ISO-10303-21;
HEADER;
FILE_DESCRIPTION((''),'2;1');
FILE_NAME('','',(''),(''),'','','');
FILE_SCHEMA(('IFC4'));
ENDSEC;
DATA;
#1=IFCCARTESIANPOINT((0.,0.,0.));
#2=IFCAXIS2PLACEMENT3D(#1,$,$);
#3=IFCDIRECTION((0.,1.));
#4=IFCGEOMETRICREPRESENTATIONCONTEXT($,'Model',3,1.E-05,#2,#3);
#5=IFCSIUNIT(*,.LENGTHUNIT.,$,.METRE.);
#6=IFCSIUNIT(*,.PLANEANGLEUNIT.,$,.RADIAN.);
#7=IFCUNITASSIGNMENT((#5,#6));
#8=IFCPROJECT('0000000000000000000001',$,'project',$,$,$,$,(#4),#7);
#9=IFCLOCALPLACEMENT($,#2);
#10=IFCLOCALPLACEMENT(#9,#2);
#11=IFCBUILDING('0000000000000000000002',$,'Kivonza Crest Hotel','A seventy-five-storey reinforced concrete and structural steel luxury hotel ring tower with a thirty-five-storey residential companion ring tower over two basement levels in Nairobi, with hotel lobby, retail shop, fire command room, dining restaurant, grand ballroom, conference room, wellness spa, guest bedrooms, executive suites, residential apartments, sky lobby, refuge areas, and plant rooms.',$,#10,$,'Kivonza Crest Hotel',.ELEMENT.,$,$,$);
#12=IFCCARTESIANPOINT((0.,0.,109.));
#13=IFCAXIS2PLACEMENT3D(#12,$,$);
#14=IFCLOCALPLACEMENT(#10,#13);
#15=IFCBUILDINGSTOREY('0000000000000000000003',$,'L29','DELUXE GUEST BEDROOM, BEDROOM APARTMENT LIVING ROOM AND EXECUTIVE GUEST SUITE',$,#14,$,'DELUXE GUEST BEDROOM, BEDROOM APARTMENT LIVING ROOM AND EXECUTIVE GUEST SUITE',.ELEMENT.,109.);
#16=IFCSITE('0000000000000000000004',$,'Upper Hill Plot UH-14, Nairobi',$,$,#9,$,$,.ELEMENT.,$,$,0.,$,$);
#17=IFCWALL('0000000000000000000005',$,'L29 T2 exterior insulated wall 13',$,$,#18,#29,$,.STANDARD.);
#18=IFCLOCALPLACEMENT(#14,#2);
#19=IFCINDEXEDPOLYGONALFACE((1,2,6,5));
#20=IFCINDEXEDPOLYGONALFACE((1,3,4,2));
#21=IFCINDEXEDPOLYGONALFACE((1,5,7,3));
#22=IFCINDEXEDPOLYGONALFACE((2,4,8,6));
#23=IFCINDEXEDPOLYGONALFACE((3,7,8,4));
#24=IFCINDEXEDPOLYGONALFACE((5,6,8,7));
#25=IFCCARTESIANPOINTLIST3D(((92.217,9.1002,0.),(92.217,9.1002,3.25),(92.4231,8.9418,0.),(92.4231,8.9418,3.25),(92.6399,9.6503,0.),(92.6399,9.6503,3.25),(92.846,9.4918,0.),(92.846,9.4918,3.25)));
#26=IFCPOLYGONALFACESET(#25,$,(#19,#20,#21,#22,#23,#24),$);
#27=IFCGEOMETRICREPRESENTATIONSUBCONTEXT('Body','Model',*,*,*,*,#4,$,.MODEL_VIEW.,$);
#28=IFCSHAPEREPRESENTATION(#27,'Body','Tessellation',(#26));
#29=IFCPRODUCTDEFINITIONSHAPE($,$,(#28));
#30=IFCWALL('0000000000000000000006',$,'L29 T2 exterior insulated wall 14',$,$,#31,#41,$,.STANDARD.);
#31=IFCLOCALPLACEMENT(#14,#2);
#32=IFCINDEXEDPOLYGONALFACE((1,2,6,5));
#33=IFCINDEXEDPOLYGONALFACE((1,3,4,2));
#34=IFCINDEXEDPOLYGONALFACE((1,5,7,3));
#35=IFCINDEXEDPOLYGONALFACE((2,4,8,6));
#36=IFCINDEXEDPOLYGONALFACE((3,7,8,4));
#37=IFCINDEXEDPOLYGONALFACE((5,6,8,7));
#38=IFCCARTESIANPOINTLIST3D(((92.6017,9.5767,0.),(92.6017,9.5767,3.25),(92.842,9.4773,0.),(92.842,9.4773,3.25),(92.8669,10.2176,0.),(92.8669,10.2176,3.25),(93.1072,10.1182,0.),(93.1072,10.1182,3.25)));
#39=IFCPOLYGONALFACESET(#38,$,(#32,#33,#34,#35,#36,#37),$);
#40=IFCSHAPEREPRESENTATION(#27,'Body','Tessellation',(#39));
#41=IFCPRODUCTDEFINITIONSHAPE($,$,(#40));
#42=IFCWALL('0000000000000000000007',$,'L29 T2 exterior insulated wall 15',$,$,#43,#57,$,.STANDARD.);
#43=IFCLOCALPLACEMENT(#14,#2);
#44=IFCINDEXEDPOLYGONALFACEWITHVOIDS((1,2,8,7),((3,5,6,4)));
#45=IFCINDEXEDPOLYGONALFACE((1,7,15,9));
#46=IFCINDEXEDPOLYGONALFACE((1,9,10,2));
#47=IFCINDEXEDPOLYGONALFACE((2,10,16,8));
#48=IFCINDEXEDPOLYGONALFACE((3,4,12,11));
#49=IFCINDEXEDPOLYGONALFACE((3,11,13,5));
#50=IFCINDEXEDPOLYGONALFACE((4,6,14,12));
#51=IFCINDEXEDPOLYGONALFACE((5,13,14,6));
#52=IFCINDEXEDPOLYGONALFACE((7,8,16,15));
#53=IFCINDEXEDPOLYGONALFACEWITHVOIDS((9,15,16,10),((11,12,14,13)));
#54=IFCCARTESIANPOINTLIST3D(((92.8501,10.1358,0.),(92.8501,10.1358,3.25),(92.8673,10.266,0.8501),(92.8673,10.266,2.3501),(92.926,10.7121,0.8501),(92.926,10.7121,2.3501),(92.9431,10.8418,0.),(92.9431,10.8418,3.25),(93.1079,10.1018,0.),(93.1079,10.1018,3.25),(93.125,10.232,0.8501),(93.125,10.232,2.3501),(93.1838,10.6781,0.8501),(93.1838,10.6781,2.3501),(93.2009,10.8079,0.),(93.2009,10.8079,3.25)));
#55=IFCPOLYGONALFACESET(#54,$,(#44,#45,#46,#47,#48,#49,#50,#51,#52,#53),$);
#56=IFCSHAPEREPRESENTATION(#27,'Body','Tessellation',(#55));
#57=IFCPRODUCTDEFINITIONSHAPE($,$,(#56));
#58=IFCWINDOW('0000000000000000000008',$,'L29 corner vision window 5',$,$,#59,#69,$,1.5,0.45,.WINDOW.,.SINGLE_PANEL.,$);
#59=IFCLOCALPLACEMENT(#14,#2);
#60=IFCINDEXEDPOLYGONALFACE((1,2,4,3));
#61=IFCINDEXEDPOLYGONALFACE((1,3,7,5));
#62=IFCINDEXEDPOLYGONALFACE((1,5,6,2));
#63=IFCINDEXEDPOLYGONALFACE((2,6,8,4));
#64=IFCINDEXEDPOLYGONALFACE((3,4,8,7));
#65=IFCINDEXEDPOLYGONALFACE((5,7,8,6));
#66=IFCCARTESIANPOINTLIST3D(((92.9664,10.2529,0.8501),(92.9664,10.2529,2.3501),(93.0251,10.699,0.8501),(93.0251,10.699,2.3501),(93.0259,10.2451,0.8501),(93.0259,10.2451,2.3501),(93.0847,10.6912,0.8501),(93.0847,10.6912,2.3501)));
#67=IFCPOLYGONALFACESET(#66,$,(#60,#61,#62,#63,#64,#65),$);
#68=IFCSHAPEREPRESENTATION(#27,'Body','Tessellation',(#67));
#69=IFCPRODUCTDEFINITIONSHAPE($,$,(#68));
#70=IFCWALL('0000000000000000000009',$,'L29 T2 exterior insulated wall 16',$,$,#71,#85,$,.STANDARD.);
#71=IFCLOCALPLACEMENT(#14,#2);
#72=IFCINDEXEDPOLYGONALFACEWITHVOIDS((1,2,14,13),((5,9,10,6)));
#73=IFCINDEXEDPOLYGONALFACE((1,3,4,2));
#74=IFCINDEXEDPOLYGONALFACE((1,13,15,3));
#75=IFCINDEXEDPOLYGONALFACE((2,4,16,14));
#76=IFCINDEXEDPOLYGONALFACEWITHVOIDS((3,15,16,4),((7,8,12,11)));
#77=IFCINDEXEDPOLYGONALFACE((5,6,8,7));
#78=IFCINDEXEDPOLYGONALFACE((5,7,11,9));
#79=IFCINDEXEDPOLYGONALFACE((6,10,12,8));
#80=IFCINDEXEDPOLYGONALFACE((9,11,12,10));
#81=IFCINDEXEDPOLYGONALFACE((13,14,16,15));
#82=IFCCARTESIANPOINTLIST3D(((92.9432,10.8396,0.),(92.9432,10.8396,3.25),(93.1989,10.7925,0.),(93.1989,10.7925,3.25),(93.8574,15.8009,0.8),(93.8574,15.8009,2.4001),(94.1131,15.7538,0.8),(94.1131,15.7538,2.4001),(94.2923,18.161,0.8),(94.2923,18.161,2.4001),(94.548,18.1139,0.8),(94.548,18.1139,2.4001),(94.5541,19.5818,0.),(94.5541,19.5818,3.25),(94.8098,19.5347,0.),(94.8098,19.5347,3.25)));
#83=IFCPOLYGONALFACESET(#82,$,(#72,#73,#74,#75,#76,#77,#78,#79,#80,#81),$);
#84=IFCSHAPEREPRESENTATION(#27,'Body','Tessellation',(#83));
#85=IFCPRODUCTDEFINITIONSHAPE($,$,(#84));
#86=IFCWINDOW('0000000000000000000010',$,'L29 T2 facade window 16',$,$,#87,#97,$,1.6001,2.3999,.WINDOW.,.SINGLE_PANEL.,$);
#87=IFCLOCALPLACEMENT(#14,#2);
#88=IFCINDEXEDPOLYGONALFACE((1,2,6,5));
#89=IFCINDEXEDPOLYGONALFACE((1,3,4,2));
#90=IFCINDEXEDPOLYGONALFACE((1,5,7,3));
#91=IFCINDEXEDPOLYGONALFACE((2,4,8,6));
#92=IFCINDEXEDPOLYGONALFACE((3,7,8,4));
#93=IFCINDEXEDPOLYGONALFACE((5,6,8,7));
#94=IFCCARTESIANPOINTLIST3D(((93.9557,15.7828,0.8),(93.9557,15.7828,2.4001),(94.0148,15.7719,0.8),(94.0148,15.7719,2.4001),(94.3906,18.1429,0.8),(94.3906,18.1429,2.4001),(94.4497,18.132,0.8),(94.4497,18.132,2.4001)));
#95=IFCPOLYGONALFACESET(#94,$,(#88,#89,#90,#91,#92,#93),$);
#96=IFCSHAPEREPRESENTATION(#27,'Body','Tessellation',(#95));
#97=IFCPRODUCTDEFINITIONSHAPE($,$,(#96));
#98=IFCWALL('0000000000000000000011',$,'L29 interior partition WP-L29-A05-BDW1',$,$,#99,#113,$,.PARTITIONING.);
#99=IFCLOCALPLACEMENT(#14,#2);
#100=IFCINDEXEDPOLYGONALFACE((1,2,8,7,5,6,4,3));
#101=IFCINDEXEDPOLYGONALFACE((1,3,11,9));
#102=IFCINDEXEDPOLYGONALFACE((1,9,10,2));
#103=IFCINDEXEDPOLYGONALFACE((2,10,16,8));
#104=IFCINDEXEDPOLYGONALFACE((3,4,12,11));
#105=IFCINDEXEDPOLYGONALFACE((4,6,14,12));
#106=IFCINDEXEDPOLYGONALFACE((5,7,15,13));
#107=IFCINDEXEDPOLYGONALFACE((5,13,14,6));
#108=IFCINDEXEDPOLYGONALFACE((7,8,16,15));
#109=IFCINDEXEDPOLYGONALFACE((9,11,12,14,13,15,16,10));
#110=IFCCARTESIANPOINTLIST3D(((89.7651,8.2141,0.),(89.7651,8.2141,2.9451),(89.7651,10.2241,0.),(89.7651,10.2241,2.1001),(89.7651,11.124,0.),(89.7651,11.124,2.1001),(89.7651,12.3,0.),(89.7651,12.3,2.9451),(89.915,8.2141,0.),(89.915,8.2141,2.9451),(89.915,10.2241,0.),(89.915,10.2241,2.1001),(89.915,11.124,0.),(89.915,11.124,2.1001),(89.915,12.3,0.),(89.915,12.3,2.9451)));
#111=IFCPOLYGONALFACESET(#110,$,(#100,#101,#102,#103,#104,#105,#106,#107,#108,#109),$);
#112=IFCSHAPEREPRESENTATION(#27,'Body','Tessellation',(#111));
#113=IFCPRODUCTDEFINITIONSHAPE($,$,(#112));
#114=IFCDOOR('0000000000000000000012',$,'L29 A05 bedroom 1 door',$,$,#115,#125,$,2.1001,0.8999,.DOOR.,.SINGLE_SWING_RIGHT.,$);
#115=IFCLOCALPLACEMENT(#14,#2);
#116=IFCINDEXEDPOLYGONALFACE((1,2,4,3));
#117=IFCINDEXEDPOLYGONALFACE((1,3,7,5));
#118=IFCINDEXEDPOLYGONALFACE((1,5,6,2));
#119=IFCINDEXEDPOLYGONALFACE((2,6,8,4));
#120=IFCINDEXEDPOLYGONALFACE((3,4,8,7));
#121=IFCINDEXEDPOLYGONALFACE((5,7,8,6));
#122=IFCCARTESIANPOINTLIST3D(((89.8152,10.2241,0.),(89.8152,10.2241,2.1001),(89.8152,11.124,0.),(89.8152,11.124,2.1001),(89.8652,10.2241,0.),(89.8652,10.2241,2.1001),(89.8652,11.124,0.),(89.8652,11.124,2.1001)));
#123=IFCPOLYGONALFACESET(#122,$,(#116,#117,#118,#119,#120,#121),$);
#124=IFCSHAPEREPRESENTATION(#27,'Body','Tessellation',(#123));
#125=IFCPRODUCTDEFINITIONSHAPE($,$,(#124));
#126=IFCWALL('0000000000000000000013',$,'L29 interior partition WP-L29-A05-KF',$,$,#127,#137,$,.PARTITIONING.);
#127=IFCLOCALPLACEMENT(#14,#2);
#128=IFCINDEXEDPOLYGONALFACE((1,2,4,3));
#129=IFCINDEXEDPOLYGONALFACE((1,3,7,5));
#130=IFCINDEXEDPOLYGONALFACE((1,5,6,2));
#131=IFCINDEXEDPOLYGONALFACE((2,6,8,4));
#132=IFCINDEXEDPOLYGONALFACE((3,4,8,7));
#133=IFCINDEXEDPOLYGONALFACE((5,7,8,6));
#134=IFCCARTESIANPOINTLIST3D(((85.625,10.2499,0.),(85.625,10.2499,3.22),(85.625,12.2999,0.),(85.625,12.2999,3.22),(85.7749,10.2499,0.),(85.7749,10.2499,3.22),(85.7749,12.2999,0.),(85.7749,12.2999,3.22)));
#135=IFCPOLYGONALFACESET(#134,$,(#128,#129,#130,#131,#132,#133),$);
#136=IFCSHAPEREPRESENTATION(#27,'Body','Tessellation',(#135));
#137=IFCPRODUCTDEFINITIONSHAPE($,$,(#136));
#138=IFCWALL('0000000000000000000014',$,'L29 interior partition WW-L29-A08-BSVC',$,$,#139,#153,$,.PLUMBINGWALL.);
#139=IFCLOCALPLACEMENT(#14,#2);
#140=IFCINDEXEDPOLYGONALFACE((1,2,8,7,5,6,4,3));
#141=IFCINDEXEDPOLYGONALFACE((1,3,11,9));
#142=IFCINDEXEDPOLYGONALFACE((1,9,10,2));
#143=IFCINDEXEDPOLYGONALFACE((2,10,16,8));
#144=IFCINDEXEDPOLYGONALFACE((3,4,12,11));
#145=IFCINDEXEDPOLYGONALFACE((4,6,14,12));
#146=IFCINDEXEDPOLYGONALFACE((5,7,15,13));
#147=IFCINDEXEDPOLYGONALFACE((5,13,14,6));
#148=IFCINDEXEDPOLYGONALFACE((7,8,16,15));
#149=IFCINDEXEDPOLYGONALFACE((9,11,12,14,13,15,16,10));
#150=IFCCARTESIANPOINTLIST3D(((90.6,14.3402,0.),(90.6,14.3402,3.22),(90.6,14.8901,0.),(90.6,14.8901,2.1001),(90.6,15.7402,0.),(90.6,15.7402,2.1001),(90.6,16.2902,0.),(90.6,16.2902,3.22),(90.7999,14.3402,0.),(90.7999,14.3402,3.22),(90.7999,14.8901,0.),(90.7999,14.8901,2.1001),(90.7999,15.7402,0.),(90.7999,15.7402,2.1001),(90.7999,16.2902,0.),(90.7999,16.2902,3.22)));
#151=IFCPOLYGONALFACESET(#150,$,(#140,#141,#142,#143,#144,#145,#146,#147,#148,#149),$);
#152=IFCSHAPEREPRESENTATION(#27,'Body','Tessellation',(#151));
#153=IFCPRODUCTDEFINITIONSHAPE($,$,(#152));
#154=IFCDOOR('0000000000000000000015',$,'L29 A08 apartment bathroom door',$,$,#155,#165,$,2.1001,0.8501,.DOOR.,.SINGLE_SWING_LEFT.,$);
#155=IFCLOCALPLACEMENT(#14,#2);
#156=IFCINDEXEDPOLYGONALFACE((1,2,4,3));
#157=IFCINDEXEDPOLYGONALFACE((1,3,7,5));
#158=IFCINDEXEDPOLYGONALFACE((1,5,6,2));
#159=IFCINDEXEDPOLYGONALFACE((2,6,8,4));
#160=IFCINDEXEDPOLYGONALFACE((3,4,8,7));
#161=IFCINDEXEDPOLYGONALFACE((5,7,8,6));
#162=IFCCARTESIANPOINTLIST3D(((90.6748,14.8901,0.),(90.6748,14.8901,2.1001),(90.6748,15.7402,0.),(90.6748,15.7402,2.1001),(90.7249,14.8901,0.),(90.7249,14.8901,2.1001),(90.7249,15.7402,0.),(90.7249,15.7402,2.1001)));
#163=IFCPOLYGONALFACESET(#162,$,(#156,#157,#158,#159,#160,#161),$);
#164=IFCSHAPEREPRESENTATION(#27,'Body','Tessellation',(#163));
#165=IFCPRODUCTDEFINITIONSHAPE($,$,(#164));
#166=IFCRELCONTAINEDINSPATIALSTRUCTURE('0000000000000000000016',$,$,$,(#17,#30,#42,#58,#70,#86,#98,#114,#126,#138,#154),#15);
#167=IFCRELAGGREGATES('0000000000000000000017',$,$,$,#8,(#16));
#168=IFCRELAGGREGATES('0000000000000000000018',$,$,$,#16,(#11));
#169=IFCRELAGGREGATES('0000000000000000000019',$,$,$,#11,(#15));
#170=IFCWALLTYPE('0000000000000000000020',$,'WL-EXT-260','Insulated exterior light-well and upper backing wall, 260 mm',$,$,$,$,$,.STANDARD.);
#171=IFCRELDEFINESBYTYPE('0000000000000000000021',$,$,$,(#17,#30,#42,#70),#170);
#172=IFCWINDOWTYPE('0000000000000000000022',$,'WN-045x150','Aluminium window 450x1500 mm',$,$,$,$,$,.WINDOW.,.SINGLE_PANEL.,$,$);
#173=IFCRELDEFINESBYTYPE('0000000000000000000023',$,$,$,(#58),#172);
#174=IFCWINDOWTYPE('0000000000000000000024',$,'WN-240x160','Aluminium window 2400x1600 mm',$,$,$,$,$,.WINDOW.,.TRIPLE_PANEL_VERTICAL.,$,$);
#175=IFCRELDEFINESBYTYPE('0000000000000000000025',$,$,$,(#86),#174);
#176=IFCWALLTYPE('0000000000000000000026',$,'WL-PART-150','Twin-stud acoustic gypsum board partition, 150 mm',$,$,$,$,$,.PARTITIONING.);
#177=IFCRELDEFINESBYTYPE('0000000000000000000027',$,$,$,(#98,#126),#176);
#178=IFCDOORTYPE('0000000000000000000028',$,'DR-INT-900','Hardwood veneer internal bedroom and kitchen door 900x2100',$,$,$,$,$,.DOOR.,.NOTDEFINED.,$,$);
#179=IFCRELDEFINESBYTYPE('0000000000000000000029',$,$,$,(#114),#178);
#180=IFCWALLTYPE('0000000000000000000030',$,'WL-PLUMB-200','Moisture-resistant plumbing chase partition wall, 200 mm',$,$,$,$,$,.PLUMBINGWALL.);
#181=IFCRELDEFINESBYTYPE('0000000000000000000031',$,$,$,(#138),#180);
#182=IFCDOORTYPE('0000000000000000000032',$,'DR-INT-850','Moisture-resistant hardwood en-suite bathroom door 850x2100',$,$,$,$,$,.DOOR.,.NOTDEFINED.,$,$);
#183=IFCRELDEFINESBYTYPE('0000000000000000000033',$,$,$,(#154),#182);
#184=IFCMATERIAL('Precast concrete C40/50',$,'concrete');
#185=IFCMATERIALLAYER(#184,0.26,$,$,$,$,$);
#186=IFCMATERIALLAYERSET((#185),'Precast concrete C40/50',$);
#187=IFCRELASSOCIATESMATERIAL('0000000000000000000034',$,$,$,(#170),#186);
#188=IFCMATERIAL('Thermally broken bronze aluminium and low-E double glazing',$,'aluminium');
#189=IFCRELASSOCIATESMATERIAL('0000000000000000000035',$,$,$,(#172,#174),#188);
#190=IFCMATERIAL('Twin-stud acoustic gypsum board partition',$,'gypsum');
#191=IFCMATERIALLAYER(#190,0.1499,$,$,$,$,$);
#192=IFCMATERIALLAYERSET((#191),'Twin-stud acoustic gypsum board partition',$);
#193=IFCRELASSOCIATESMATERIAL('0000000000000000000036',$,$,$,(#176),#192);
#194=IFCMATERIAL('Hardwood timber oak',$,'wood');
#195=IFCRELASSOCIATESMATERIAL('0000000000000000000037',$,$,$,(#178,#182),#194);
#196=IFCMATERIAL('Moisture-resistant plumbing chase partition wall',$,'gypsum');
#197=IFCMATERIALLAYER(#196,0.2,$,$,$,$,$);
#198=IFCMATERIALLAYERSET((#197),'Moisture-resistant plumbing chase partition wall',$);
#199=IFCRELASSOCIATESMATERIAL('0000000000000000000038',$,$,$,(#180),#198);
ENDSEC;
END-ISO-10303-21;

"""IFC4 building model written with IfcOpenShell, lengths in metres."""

from ifc_helpers import new_model, si_unit, direction, frame, frame_2d, origin, place, context, subcontext, project, spatial, rectangle, extrude, material, layer, layer_set, type_object, element, fill, save


model = new_model("IFC4")

# Units and contexts
model_context = context("Model", 3, precision=1e-05, world=origin(), true_north=direction((0.0, 1.0)))
body_context = subcontext(model_context, "Body", "Model", "MODEL_VIEW")
ifc_project = project(units=[si_unit("LENGTHUNIT", "METRE"), si_unit("PLANEANGLEUNIT", "RADIAN")], contexts=[model_context])

# Site, building, storey
site_placement = place(None, origin())
site = spatial("IfcSite", under=ifc_project, at=site_placement, Name="Upper Hill Plot UH-14, Nairobi", CompositionType="ELEMENT", RefElevation=0.0)
building_placement = place(site_placement, origin())
building = spatial("IfcBuilding", under=site, at=building_placement, Name="Kivonza Crest Hotel", Description="A seventy-five-storey reinforced concrete and structural steel luxury hotel ring tower with a thirty-five-storey residential companion ring tower over two basement levels in Nairobi, with hotel lobby, retail shop, fire command room, dining restaurant, grand ballroom, conference room, wellness spa, guest bedrooms, executive suites, residential apartments, sky lobby, refuge areas, and plant rooms.", LongName="Kivonza Crest Hotel", CompositionType="ELEMENT")
storey_placement = place(building_placement, frame((0.0, 0.0, 109.0)))
storey = spatial("IfcBuildingStorey", under=building, at=storey_placement, Name="L29", Description="DELUXE GUEST BEDROOM, BEDROOM APARTMENT LIVING ROOM AND EXECUTIVE GUEST SUITE", LongName="DELUXE GUEST BEDROOM, BEDROOM APARTMENT LIVING ROOM AND EXECUTIVE GUEST SUITE", CompositionType="ELEMENT", Elevation=109.0)

# Shared definitions
ifc_material_1 = material(Name="Hardwood timber oak", Category="wood")

# Walls
ifc_material_2 = material(Name="Precast concrete C40/50", Category="concrete")
ifc_layer_1 = layer(ifc_material_2, 0.26)
ifc_layer_set_1 = layer_set([ifc_layer_1], Name="Precast concrete C40/50")
wall_type_1 = type_object("IfcWallType", Name="WL-EXT-260", Description="Insulated exterior light-well and upper backing wall, 260 mm", PredefinedType="STANDARD", material=ifc_layer_set_1)
for number, where, z_axis, x_axis, name in (
    (1, (92.3201, 9.021, 0.0), (0.0, 0.0, 1.0), (0.609473, 0.792807, 0.0), "L29 T2 exterior insulated wall 13"),
):
    element("IfcWall", number, at=place(storey_placement, frame(where, z_axis=z_axis, x_axis=x_axis)), inside=storey, type_object=wall_type_1, Name=name, PredefinedType="STANDARD", context=body_context, shape_type="SweptSolid", body=[
        extrude(rectangle(XDim=0.6938, YDim=0.26, at=frame_2d((0.3469, 0.0))), origin(), (0.0, 0.0, 1.0), 3.25),
    ])
wall_1_placement = place(storey_placement, frame((92.7219, 9.5271, 0.0), z_axis=(0.0, 0.0, 1.0), x_axis=(0.38229, 0.924043, 0.0)))
element("IfcWall", 2, at=wall_1_placement, inside=storey, type_object=wall_type_1, Name="L29 T2 exterior insulated wall 14", PredefinedType="STANDARD", context=body_context, shape_type="SweptSolid", body=[
    extrude(rectangle(XDim=0.6936, YDim=0.26, at=frame_2d((0.3467, 0.0))), origin(), (0.0, 0.0, 1.0), 3.25),
])

# Walls, openings, windows
wall_2_placement = place(storey_placement, frame((92.979, 10.1189, 0.0), z_axis=(0.0, 0.0, 1.0), x_axis=(0.130614, 0.991433, 0.0)))
wall_2 = element("IfcWall", 3, at=wall_2_placement, inside=storey, type_object=wall_type_1, Name="L29 T2 exterior insulated wall 15", PredefinedType="STANDARD", context=body_context, shape_type="SweptSolid", body=[
    extrude(rectangle(XDim=0.7122, YDim=0.26, at=frame_2d((0.356, 0.0))), origin(), (0.0, 0.0, 1.0), 3.25),
])
opening_1_placement = place(wall_2_placement, frame((0.1311, 0.0, 0.8501)))
opening_1 = element("IfcOpeningElement", 4, at=opening_1_placement, cuts=wall_2, PredefinedType="OPENING", context=body_context, shape_type="SweptSolid", body=[
    extrude(rectangle(XDim=0.45, YDim=1.5, at=frame_2d((0.2251, 0.75))), frame((0.0, 0.1401, 0.0), z_axis=(0.0, -1.0, 0.0), x_axis=(1.0, 0.0, 0.0)), (0.0, 0.0, 1.0), 0.28),
])
ifc_material_3 = material(Name="Thermally broken bronze aluminium and low-E double glazing", Category="aluminium")
window_type_1 = type_object("IfcWindowType", Name="WN-045x150", Description="Aluminium window 450x1500 mm", PartitioningType="SINGLE_PANEL", PredefinedType="WINDOW", material=ifc_material_3)
window_1_placement = place(opening_1_placement, origin())
window_1 = element("IfcWindow", 5, at=window_1_placement, inside=storey, type_object=window_type_1, Name="L29 corner vision window 5", OverallHeight=1.5, OverallWidth=0.45, PartitioningType="SINGLE_PANEL", PredefinedType="WINDOW", context=body_context, shape_type="SweptSolid", body=[
    extrude(rectangle(XDim=0.45, YDim=1.5, at=frame_2d((0.2251, 0.75))), frame((0.0, 0.03, 0.0), z_axis=(0.0, -1.0, 0.0), x_axis=(1.0, 0.0, 0.0)), (0.0, 0.0, 1.0), 0.0601),
])
fill(opening_1, window_1)
wall_3_placement = place(storey_placement, frame((93.071, 10.8159, 0.0), z_axis=(0.0, 0.0, 1.0), x_axis=(0.18121, 0.983444, 0.0)))
wall_3 = element("IfcWall", 6, at=wall_3_placement, inside=storey, type_object=wall_type_1, Name="L29 T2 exterior insulated wall 16", PredefinedType="STANDARD", context=body_context, shape_type="SweptSolid", body=[
    extrude(rectangle(XDim=8.8894, YDim=0.26, at=frame_2d((4.4448, 0.0))), origin(), (0.0, 0.0, 1.0), 3.25),
])
opening_2_placement = place(wall_3_placement, frame((5.0449, 0.0, 0.8)))
opening_2 = element("IfcOpeningElement", 7, at=opening_2_placement, cuts=wall_3, PredefinedType="OPENING", context=body_context, shape_type="SweptSolid", body=[
    extrude(rectangle(XDim=2.3999, YDim=1.6001, at=frame_2d((1.2, 0.8))), frame((0.0, 0.1401, 0.0), z_axis=(0.0, -1.0, 0.0), x_axis=(1.0, 0.0, 0.0)), (0.0, 0.0, 1.0), 0.28),
])
window_type_2 = type_object("IfcWindowType", Name="WN-240x160", Description="Aluminium window 2400x1600 mm", PartitioningType="TRIPLE_PANEL_VERTICAL", PredefinedType="WINDOW", material=ifc_material_3)
window_2_placement = place(opening_2_placement, origin())
window_2 = element("IfcWindow", 8, at=window_2_placement, inside=storey, type_object=window_type_2, Name="L29 T2 facade window 16", OverallHeight=1.6001, OverallWidth=2.3999, PartitioningType="SINGLE_PANEL", PredefinedType="WINDOW", context=body_context, shape_type="SweptSolid", body=[
    extrude(rectangle(XDim=2.3999, YDim=1.6001, at=frame_2d((1.2, 0.8))), frame((0.0, 0.03, 0.0), z_axis=(0.0, -1.0, 0.0), x_axis=(1.0, 0.0, 0.0)), (0.0, 0.0, 1.0), 0.0601),
])
fill(opening_2, window_2)

# Wall, opening, door
ifc_material_4 = material(Name="Twin-stud acoustic gypsum board partition", Category="gypsum")
ifc_layer_2 = layer(ifc_material_4, 0.1499)
ifc_layer_set_2 = layer_set([ifc_layer_2], Name="Twin-stud acoustic gypsum board partition")
wall_type_2 = type_object("IfcWallType", Name="WL-PART-150", Description="Twin-stud acoustic gypsum board partition, 150 mm", PredefinedType="PARTITIONING", material=ifc_layer_set_2)
wall_4_placement = place(storey_placement, frame((89.8401, 8.2141, 0.0), z_axis=(0.0, 0.0, 1.0), x_axis=(0.0, 1.0, 0.0)))
wall_4 = element("IfcWall", 9, at=wall_4_placement, inside=storey, type_object=wall_type_2, Name="L29 interior partition WP-L29-A05-BDW1", PredefinedType="PARTITIONING", context=body_context, shape_type="SweptSolid", body=[
    extrude(rectangle(XDim=4.0859, YDim=0.1499, at=frame_2d((2.043, 0.0))), origin(), (0.0, 0.0, 1.0), 2.9451),
])
opening_3_placement = place(wall_4_placement, frame((2.01, 0.0, 0.0)))
opening_3 = element("IfcOpeningElement", 10, at=opening_3_placement, cuts=wall_4, PredefinedType="OPENING", context=body_context, shape_type="SweptSolid", body=[
    extrude(rectangle(XDim=0.8999, YDim=2.1001, at=frame_2d((0.45, 1.05))), frame((0.0, 0.085, 0.0), z_axis=(0.0, -1.0, 0.0), x_axis=(1.0, 0.0, 0.0)), (0.0, 0.0, 1.0), 0.1699),
])
door_type_1 = type_object("IfcDoorType", Name="DR-INT-900", Description="Hardwood veneer internal bedroom and kitchen door 900x2100", OperationType="NOTDEFINED", PredefinedType="DOOR", material=ifc_material_1)
door_1_placement = place(opening_3_placement, origin())
door_1 = element("IfcDoor", 11, at=door_1_placement, inside=storey, type_object=door_type_1, Name="L29 A05 bedroom 1 door", OperationType="SINGLE_SWING_RIGHT", OverallHeight=2.1001, OverallWidth=0.8999, PredefinedType="DOOR", context=body_context, shape_type="SweptSolid", body=[
    extrude(rectangle(XDim=0.8999, YDim=2.1001, at=frame_2d((0.45, 1.05))), frame((0.0, 0.0249, 0.0), z_axis=(0.0, -1.0, 0.0), x_axis=(1.0, 0.0, 0.0)), (0.0, 0.0, 1.0), 0.05),
])
fill(opening_3, door_1)

# Wall
wall_5_placement = place(storey_placement, frame((85.7, 10.25, 0.0), z_axis=(0.0, 0.0, 1.0), x_axis=(0.0, 1.0, 0.0)))
element("IfcWall", 12, at=wall_5_placement, inside=storey, type_object=wall_type_2, Name="L29 interior partition WP-L29-A05-KF", PredefinedType="PARTITIONING", context=body_context, shape_type="SweptSolid", body=[
    extrude(rectangle(XDim=2.05, YDim=0.1499, at=frame_2d((1.0249, 0.0))), origin(), (0.0, 0.0, 1.0), 3.22),
])

# Wall, opening, door
ifc_material_5 = material(Name="Moisture-resistant plumbing chase partition wall", Category="gypsum")
ifc_layer_3 = layer(ifc_material_5, 0.2)
ifc_layer_set_3 = layer_set([ifc_layer_3], Name="Moisture-resistant plumbing chase partition wall")
wall_type_3 = type_object("IfcWallType", Name="WL-PLUMB-200", Description="Moisture-resistant plumbing chase partition wall, 200 mm", PredefinedType="PLUMBINGWALL", material=ifc_layer_set_3)
wall_6_placement = place(storey_placement, frame((90.7, 14.3401, 0.0), z_axis=(0.0, 0.0, 1.0), x_axis=(0.0, 1.0, 0.0)))
wall_6 = element("IfcWall", 13, at=wall_6_placement, inside=storey, type_object=wall_type_3, Name="L29 interior partition WW-L29-A08-BSVC", PredefinedType="PLUMBINGWALL", context=body_context, shape_type="SweptSolid", body=[
    extrude(rectangle(XDim=1.95, YDim=0.2, at=frame_2d((0.9751, 0.0))), origin(), (0.0, 0.0, 1.0), 3.22),
])
opening_4_placement = place(wall_6_placement, frame((0.55, 0.0, 0.0)))
opening_4 = element("IfcOpeningElement", 14, at=opening_4_placement, cuts=wall_6, PredefinedType="OPENING", context=body_context, shape_type="SweptSolid", body=[
    extrude(rectangle(XDim=0.8501, YDim=2.1001, at=frame_2d((0.425, 1.05))), frame((0.0, 0.1099, 0.0), z_axis=(0.0, -1.0, 0.0), x_axis=(1.0, 0.0, 0.0)), (0.0, 0.0, 1.0), 0.22),
])
door_type_2 = type_object("IfcDoorType", Name="DR-INT-850", Description="Moisture-resistant hardwood en-suite bathroom door 850x2100", OperationType="NOTDEFINED", PredefinedType="DOOR", material=ifc_material_1)
door_2_placement = place(opening_4_placement, frame((0.8501, 0.0, 0.0), z_axis=(0.0, 0.0, 1.0), x_axis=(-1.0, 0.0, 0.0)))
door_2 = element("IfcDoor", 15, at=door_2_placement, inside=storey, type_object=door_type_2, Name="L29 A08 apartment bathroom door", OperationType="SINGLE_SWING_LEFT", OverallHeight=2.1001, OverallWidth=0.8501, PredefinedType="DOOR", context=body_context, shape_type="SweptSolid", body=[
    extrude(rectangle(XDim=0.8501, YDim=2.1001, at=frame_2d((0.425, 1.05))), frame((0.0, 0.0249, 0.0), z_axis=(0.0, -1.0, 0.0), x_axis=(1.0, 0.0, 0.0)), (0.0, 0.0, 1.0), 0.05),
])
fill(opening_4, door_2)

save(model, "model.ifc")
